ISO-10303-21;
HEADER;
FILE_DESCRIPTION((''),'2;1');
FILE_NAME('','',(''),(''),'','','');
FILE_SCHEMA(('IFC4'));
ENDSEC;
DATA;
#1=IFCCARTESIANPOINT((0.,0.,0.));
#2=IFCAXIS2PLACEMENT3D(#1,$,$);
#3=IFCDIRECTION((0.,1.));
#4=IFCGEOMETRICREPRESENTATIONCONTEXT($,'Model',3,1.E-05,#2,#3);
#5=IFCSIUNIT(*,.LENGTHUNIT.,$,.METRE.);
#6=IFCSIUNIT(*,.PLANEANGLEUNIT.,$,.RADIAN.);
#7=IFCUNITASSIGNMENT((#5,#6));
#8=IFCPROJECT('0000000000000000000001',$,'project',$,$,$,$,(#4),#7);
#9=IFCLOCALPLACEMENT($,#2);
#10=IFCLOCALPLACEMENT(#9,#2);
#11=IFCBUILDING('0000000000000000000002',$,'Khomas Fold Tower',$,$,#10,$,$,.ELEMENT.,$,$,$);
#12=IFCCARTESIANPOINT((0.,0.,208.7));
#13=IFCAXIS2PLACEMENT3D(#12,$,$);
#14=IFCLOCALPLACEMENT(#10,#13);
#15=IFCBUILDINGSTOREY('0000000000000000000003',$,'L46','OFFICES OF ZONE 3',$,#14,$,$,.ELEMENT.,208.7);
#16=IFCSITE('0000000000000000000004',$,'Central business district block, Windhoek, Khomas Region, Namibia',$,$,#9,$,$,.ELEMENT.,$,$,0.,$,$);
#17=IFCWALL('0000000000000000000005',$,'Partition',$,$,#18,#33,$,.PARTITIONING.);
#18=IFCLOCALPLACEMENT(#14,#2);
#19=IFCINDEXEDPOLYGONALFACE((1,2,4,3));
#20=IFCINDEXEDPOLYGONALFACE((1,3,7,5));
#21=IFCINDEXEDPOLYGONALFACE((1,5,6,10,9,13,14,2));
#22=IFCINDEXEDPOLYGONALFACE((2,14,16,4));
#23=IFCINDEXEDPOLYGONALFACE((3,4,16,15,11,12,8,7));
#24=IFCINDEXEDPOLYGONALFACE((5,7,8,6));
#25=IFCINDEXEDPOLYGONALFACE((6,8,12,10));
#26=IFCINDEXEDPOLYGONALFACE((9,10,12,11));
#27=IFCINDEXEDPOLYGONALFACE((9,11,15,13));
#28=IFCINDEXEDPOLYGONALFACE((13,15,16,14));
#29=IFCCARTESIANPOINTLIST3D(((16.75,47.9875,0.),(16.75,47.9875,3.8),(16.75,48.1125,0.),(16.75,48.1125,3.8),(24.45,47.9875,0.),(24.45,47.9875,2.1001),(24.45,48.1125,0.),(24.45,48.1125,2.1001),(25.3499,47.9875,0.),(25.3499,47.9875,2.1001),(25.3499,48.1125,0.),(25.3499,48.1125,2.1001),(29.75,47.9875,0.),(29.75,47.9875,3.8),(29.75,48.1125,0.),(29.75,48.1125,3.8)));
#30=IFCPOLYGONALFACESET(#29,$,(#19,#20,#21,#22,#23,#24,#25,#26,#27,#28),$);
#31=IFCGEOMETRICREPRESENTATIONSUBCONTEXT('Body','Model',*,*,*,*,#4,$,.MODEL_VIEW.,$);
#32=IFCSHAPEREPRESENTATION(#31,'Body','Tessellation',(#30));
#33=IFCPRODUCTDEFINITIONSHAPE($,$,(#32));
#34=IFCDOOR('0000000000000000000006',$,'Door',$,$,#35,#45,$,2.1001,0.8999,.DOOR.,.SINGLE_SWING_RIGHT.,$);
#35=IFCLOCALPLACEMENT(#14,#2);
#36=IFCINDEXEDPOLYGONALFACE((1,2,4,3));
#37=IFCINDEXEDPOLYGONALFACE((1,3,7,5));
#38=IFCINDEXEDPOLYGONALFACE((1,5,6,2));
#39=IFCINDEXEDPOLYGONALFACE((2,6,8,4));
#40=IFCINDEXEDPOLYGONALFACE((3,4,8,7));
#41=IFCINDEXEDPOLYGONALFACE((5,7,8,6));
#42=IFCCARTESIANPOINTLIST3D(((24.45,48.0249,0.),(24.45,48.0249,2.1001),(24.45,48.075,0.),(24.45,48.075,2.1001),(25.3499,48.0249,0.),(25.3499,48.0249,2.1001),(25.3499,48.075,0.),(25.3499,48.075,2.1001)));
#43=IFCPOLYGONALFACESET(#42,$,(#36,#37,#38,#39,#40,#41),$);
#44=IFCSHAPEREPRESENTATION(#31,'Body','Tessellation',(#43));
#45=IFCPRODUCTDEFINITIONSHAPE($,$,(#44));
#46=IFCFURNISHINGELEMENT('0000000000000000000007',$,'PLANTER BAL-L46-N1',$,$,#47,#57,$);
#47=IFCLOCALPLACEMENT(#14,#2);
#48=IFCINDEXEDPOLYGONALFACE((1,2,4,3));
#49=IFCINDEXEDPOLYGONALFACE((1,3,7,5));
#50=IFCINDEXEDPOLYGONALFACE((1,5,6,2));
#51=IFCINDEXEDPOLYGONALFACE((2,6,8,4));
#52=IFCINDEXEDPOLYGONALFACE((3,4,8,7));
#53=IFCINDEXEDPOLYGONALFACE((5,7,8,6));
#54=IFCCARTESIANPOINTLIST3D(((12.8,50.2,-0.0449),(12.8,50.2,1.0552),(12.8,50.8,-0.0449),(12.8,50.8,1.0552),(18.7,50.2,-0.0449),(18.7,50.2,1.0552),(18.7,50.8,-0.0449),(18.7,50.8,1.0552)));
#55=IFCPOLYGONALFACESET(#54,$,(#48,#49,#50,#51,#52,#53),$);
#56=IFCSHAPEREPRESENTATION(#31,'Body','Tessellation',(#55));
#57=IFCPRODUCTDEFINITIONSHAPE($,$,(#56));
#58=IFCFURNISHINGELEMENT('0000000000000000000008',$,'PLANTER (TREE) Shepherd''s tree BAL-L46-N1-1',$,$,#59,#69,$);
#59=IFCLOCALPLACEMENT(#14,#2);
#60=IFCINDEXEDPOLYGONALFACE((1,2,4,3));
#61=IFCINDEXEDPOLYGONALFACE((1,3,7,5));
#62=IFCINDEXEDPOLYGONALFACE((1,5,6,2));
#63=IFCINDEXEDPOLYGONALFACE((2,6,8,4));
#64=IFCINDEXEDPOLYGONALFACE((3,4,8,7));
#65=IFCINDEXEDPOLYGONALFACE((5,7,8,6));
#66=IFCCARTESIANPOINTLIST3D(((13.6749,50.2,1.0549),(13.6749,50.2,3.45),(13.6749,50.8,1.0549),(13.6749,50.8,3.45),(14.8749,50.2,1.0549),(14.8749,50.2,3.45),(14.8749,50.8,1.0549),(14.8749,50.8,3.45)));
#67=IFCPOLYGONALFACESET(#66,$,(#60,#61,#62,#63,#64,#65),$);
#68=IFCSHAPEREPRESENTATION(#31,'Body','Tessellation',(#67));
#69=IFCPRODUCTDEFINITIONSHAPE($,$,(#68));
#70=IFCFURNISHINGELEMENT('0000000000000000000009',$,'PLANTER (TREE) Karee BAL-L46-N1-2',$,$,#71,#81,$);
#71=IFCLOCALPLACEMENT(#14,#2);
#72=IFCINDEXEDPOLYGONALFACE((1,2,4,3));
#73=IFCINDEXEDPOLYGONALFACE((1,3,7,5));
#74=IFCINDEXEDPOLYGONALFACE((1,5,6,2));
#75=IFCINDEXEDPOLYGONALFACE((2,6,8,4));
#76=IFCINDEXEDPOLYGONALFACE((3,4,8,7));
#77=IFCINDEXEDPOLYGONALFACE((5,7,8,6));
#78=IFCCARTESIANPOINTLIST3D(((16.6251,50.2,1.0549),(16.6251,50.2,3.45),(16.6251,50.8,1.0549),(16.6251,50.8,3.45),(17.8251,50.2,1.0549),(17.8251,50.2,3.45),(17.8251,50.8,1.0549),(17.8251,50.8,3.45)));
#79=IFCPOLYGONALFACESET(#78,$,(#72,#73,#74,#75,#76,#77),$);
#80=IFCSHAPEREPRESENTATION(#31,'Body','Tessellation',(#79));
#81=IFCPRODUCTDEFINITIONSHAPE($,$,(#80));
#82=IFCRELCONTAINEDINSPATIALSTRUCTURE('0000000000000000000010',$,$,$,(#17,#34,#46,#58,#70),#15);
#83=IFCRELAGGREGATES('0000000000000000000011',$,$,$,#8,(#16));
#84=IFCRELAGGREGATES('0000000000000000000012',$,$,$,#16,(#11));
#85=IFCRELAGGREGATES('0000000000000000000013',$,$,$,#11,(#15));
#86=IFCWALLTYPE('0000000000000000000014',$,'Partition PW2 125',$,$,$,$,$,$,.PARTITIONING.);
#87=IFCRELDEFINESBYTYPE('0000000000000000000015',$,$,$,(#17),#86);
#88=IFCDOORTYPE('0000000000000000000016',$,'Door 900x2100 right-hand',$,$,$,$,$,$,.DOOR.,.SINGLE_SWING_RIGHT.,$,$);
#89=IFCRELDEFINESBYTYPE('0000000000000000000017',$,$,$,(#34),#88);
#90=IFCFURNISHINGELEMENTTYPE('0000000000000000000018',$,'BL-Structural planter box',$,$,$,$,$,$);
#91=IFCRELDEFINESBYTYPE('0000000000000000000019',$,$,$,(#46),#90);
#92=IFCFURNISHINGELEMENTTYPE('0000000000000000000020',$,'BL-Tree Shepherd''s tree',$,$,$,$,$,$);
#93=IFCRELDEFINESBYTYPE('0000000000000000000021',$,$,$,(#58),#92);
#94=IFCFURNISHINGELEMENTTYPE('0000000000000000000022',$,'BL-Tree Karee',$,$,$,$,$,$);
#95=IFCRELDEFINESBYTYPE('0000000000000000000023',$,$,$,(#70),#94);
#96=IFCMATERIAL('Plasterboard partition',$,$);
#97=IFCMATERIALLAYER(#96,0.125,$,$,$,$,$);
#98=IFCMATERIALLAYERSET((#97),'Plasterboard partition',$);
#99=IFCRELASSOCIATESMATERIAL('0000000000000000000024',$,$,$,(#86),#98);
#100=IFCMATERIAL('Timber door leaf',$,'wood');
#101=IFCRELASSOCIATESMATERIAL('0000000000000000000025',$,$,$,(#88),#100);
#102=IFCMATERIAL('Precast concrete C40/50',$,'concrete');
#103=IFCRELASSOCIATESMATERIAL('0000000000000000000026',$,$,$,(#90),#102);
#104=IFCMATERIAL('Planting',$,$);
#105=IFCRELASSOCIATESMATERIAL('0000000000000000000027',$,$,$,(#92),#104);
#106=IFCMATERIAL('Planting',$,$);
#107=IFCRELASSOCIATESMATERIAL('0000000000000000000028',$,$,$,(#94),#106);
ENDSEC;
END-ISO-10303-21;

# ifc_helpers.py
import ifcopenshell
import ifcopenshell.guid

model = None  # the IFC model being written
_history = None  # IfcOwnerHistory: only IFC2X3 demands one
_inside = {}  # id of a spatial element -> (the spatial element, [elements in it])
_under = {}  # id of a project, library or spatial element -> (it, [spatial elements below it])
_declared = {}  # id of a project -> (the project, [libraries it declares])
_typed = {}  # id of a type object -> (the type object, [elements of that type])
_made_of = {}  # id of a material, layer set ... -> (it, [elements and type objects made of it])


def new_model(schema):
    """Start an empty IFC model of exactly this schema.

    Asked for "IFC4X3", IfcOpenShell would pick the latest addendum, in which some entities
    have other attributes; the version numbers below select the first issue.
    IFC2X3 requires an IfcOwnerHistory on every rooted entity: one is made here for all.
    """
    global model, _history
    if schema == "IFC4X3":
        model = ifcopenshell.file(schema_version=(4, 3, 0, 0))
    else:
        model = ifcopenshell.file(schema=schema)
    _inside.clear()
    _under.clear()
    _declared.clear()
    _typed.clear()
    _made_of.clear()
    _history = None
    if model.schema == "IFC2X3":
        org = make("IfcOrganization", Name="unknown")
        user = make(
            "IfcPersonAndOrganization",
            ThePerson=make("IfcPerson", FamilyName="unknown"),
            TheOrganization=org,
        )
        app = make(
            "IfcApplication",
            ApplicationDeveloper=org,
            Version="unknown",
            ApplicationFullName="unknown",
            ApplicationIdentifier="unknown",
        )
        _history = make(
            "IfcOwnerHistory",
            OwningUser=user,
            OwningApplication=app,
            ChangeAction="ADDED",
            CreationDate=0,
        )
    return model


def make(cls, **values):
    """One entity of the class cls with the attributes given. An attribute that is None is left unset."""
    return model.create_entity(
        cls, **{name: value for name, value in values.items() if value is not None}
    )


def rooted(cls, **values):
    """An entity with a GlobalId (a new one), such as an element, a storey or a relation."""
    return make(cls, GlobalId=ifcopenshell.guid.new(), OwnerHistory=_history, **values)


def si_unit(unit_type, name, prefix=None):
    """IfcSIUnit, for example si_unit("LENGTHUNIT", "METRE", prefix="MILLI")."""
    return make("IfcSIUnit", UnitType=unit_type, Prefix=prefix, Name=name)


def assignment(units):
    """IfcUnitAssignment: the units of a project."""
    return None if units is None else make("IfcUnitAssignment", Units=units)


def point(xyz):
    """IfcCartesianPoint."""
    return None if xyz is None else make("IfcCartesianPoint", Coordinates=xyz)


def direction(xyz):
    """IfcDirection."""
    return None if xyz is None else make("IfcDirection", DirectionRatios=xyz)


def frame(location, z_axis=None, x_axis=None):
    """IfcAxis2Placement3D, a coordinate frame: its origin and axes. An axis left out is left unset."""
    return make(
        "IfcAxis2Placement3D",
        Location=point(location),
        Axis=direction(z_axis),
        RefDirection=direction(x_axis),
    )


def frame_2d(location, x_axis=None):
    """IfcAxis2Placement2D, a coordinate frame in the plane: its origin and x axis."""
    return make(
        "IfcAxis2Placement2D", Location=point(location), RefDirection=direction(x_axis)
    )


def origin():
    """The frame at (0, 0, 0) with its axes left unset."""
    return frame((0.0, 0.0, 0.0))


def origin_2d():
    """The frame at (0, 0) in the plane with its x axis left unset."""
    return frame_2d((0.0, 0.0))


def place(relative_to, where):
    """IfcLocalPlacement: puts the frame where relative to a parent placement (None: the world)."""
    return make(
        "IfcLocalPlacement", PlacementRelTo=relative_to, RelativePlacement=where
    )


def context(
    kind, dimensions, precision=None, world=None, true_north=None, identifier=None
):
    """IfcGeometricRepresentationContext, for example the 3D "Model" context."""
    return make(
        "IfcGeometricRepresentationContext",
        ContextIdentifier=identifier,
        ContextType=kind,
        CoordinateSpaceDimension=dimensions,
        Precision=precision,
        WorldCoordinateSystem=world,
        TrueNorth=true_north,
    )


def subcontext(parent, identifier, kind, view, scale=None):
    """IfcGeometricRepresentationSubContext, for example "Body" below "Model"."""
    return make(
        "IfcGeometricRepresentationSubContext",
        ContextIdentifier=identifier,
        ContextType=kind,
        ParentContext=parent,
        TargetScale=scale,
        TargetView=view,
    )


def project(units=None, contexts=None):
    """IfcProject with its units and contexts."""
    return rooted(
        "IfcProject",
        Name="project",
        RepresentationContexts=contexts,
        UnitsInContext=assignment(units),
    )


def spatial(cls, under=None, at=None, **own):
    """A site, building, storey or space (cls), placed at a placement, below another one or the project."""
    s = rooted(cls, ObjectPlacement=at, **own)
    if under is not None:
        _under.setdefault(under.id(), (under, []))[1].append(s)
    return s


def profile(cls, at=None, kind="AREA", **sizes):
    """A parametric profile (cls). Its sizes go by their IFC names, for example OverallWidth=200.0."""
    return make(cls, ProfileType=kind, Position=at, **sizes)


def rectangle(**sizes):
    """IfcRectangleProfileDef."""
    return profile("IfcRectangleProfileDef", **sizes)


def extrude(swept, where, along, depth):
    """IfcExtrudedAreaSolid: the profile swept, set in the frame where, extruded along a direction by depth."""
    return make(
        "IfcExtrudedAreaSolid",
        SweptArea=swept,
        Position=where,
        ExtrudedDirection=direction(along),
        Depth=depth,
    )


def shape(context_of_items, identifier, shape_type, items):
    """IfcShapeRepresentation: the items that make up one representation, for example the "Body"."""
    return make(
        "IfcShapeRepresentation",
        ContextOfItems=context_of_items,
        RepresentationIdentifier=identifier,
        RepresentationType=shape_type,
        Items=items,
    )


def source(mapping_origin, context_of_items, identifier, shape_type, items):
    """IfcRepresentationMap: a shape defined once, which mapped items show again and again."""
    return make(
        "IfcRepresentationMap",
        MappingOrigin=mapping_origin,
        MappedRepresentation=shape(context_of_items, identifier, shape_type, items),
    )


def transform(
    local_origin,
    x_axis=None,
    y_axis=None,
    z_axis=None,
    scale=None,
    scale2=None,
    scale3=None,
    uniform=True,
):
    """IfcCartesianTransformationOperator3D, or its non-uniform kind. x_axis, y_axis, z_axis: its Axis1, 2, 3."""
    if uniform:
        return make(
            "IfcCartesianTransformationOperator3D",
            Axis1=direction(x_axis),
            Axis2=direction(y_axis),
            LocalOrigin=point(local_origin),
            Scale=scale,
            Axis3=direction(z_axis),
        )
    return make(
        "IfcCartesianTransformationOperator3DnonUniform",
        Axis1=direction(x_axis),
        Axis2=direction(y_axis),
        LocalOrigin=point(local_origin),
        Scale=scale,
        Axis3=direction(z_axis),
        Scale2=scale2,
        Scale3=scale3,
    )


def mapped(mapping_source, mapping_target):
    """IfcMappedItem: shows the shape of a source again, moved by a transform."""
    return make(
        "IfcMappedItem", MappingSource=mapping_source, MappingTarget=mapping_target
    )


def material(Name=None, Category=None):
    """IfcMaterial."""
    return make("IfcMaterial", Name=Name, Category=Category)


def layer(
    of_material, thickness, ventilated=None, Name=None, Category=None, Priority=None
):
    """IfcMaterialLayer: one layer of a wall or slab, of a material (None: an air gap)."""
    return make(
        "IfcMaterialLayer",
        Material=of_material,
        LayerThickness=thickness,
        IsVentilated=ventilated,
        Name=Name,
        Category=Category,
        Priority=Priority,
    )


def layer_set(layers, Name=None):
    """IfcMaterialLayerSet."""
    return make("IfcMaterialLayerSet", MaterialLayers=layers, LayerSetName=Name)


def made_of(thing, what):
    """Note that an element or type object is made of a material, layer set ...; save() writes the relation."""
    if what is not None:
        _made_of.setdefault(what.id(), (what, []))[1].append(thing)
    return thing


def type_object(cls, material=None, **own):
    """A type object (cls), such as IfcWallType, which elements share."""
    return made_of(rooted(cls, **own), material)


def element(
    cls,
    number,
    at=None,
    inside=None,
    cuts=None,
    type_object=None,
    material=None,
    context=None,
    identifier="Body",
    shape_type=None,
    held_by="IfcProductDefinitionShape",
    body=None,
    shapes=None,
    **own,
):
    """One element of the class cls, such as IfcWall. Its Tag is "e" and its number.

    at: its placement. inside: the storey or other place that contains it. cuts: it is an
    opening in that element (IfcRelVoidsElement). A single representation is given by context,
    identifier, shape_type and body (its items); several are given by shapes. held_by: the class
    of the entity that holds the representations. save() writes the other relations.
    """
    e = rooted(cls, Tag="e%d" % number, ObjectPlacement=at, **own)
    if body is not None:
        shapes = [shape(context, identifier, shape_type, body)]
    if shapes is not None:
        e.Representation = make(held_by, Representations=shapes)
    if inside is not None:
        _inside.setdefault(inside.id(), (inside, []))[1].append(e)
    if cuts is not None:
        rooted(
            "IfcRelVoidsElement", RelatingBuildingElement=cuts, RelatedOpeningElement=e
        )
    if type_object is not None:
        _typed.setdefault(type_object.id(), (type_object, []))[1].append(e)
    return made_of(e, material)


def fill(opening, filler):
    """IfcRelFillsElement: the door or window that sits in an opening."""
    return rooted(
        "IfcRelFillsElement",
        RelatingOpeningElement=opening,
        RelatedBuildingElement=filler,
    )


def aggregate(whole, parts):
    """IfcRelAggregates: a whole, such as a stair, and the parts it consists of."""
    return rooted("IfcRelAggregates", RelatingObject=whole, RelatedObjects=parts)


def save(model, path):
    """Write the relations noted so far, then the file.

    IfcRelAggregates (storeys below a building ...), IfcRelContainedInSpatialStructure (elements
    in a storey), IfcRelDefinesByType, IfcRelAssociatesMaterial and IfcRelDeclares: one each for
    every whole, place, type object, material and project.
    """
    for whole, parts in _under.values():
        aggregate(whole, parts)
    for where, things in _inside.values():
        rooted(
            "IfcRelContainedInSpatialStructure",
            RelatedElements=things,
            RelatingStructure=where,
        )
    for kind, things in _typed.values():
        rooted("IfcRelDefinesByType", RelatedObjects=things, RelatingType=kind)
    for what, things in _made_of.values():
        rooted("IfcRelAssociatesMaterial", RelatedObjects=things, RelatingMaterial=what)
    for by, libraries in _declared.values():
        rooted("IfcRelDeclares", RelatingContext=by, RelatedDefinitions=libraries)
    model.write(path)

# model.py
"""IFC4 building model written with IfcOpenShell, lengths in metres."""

from ifc_helpers import new_model, si_unit, direction, frame, frame_2d, origin, origin_2d, place, context, subcontext, project, spatial, rectangle, extrude, source, transform, mapped, material, layer, layer_set, type_object, element, fill, save


model = new_model("IFC4")

# Units and contexts
model_context = context("Model", 3, precision=1e-05, world=origin(), true_north=direction((0.0, 1.0)))
body_context = subcontext(model_context, "Body", "Model", "MODEL_VIEW")
ifc_project = project(units=[si_unit("LENGTHUNIT", "METRE"), si_unit("PLANEANGLEUNIT", "RADIAN")], contexts=[model_context])

# Site, building, storey
site_placement = place(None, origin())
site = spatial("IfcSite", under=ifc_project, at=site_placement, Name="Central business district block, Windhoek, Khomas Region, Namibia", CompositionType="ELEMENT", RefElevation=0.0)
building_placement = place(site_placement, origin())
building = spatial("IfcBuilding", under=site, at=building_placement, Name="Khomas Fold Tower", CompositionType="ELEMENT")
storey_placement = place(building_placement, frame((0.0, 0.0, 208.7)))
storey = spatial("IfcBuildingStorey", under=building, at=storey_placement, Name="L46", Description="OFFICES OF ZONE 3", CompositionType="ELEMENT", Elevation=208.7)

# Wall, opening, door
ifc_material_1 = material(Name="Plasterboard partition")
ifc_layer_1 = layer(ifc_material_1, 0.125)
ifc_layer_set_1 = layer_set([ifc_layer_1], Name="Plasterboard partition")
wall_type_1 = type_object("IfcWallType", Name="Partition PW2 125", PredefinedType="PARTITIONING", material=ifc_layer_set_1)
shared_shape_1 = source(origin(), body_context, "Body", "SweptSolid", [
    extrude(rectangle(XDim=13.0, YDim=0.125, at=frame_2d((6.5, 0.0))), origin(), (0.0, 0.0, 1.0), 3.8),
])
wall_1_placement = place(storey_placement, frame((16.75, 48.05, 0.0), z_axis=(0.0, 0.0, 1.0), x_axis=(1.0, 0.0, 0.0)))
wall_1 = element("IfcWall", 1, at=wall_1_placement, inside=storey, type_object=wall_type_1, Name="Partition", PredefinedType="PARTITIONING", context=body_context, shape_type="MappedRepresentation", body=[
    mapped(shared_shape_1, transform((0.0, 0.0, 0.0))),
])
shared_shape_2 = source(origin(), body_context, "Body", "SweptSolid", [
    extrude(rectangle(XDim=0.8999, YDim=2.1001, at=frame_2d((0.45, 1.05))), frame((0.0, 0.0725, 0.0), z_axis=(0.0, -1.0, 0.0), x_axis=(1.0, 0.0, 0.0)), (0.0, 0.0, 1.0), 0.145),
])
opening_1_placement = place(wall_1_placement, frame((7.7, 0.0, 0.0)))
opening_1 = element("IfcOpeningElement", 2, at=opening_1_placement, cuts=wall_1, PredefinedType="OPENING", context=body_context, shape_type="MappedRepresentation", body=[
    mapped(shared_shape_2, transform((0.0, 0.0, 0.0))),
])
ifc_material_2 = material(Name="Timber door leaf", Category="wood")
door_type_1 = type_object("IfcDoorType", Name="Door 900x2100 right-hand", OperationType="SINGLE_SWING_RIGHT", PredefinedType="DOOR", material=ifc_material_2)
shared_shape_3 = source(origin(), body_context, "Body", "SweptSolid", [
    extrude(rectangle(XDim=0.8999, YDim=2.1001, at=frame_2d((0.45, 1.05))), frame((0.0, 0.0249, 0.0), z_axis=(0.0, -1.0, 0.0), x_axis=(1.0, 0.0, 0.0)), (0.0, 0.0, 1.0), 0.05),
])
door_1_placement = place(opening_1_placement, origin())
door_1 = element("IfcDoor", 3, at=door_1_placement, inside=storey, type_object=door_type_1, Name="Door", OperationType="SINGLE_SWING_RIGHT", OverallHeight=2.1001, OverallWidth=0.8999, PredefinedType="DOOR", context=body_context, shape_type="MappedRepresentation", body=[
    mapped(shared_shape_3, transform((0.0, 0.0, 0.0))),
])
fill(opening_1, door_1)

# Furnishing elements
ifc_material_3 = material(Name="Precast concrete C40/50", Category="concrete")
furnishing_element_type_1 = type_object("IfcFurnishingElementType", Name="BL-Structural planter box", material=ifc_material_3)
shared_shape_4 = source(origin(), body_context, "Body", "SweptSolid", [
    extrude(rectangle(XDim=5.8999, YDim=0.6001, at=origin_2d()), origin(), (0.0, 0.0, 1.0), 1.1001),
])
furnishing_1_placement = place(storey_placement, frame((15.75, 50.5, -0.0449), z_axis=(0.0, 0.0, 1.0), x_axis=(1.0, 0.0, 0.0)))
element("IfcFurnishingElement", 4, at=furnishing_1_placement, inside=storey, type_object=furnishing_element_type_1, Name="PLANTER BAL-L46-N1", context=body_context, shape_type="MappedRepresentation", body=[
    mapped(shared_shape_4, transform((0.0, 0.0, 0.0))),
])
ifc_material_4 = material(Name="Planting")
furnishing_element_type_2 = type_object("IfcFurnishingElementType", Name="BL-Tree Shepherd's tree", material=ifc_material_4)
shared_shape_5 = source(origin(), body_context, "Body", "SweptSolid", [
    extrude(rectangle(XDim=1.2, YDim=0.6001, at=origin_2d()), origin(), (0.0, 0.0, 1.0), 2.395),
])
furnishing_2_placement = place(storey_placement, frame((14.2749, 50.5, 1.0549), z_axis=(0.0, 0.0, 1.0), x_axis=(1.0, 0.0, 0.0)))
element("IfcFurnishingElement", 5, at=furnishing_2_placement, inside=storey, type_object=furnishing_element_type_2, Name="PLANTER (TREE) Shepherd's tree BAL-L46-N1-1", context=body_context, shape_type="MappedRepresentation", body=[
    mapped(shared_shape_5, transform((0.0, 0.0, 0.0))),
])
ifc_material_5 = material(Name="Planting")
furnishing_element_type_3 = type_object("IfcFurnishingElementType", Name="BL-Tree Karee", material=ifc_material_5)
furnishing_3_placement = place(storey_placement, frame((17.2251, 50.5, 1.0549), z_axis=(0.0, 0.0, 1.0), x_axis=(1.0, 0.0, 0.0)))
element("IfcFurnishingElement", 6, at=furnishing_3_placement, inside=storey, type_object=furnishing_element_type_3, Name="PLANTER (TREE) Karee BAL-L46-N1-2", context=body_context, shape_type="MappedRepresentation", body=[
    mapped(shared_shape_5, transform((0.0, 0.0, 0.0))),
])

save(model, "model.ifc")
